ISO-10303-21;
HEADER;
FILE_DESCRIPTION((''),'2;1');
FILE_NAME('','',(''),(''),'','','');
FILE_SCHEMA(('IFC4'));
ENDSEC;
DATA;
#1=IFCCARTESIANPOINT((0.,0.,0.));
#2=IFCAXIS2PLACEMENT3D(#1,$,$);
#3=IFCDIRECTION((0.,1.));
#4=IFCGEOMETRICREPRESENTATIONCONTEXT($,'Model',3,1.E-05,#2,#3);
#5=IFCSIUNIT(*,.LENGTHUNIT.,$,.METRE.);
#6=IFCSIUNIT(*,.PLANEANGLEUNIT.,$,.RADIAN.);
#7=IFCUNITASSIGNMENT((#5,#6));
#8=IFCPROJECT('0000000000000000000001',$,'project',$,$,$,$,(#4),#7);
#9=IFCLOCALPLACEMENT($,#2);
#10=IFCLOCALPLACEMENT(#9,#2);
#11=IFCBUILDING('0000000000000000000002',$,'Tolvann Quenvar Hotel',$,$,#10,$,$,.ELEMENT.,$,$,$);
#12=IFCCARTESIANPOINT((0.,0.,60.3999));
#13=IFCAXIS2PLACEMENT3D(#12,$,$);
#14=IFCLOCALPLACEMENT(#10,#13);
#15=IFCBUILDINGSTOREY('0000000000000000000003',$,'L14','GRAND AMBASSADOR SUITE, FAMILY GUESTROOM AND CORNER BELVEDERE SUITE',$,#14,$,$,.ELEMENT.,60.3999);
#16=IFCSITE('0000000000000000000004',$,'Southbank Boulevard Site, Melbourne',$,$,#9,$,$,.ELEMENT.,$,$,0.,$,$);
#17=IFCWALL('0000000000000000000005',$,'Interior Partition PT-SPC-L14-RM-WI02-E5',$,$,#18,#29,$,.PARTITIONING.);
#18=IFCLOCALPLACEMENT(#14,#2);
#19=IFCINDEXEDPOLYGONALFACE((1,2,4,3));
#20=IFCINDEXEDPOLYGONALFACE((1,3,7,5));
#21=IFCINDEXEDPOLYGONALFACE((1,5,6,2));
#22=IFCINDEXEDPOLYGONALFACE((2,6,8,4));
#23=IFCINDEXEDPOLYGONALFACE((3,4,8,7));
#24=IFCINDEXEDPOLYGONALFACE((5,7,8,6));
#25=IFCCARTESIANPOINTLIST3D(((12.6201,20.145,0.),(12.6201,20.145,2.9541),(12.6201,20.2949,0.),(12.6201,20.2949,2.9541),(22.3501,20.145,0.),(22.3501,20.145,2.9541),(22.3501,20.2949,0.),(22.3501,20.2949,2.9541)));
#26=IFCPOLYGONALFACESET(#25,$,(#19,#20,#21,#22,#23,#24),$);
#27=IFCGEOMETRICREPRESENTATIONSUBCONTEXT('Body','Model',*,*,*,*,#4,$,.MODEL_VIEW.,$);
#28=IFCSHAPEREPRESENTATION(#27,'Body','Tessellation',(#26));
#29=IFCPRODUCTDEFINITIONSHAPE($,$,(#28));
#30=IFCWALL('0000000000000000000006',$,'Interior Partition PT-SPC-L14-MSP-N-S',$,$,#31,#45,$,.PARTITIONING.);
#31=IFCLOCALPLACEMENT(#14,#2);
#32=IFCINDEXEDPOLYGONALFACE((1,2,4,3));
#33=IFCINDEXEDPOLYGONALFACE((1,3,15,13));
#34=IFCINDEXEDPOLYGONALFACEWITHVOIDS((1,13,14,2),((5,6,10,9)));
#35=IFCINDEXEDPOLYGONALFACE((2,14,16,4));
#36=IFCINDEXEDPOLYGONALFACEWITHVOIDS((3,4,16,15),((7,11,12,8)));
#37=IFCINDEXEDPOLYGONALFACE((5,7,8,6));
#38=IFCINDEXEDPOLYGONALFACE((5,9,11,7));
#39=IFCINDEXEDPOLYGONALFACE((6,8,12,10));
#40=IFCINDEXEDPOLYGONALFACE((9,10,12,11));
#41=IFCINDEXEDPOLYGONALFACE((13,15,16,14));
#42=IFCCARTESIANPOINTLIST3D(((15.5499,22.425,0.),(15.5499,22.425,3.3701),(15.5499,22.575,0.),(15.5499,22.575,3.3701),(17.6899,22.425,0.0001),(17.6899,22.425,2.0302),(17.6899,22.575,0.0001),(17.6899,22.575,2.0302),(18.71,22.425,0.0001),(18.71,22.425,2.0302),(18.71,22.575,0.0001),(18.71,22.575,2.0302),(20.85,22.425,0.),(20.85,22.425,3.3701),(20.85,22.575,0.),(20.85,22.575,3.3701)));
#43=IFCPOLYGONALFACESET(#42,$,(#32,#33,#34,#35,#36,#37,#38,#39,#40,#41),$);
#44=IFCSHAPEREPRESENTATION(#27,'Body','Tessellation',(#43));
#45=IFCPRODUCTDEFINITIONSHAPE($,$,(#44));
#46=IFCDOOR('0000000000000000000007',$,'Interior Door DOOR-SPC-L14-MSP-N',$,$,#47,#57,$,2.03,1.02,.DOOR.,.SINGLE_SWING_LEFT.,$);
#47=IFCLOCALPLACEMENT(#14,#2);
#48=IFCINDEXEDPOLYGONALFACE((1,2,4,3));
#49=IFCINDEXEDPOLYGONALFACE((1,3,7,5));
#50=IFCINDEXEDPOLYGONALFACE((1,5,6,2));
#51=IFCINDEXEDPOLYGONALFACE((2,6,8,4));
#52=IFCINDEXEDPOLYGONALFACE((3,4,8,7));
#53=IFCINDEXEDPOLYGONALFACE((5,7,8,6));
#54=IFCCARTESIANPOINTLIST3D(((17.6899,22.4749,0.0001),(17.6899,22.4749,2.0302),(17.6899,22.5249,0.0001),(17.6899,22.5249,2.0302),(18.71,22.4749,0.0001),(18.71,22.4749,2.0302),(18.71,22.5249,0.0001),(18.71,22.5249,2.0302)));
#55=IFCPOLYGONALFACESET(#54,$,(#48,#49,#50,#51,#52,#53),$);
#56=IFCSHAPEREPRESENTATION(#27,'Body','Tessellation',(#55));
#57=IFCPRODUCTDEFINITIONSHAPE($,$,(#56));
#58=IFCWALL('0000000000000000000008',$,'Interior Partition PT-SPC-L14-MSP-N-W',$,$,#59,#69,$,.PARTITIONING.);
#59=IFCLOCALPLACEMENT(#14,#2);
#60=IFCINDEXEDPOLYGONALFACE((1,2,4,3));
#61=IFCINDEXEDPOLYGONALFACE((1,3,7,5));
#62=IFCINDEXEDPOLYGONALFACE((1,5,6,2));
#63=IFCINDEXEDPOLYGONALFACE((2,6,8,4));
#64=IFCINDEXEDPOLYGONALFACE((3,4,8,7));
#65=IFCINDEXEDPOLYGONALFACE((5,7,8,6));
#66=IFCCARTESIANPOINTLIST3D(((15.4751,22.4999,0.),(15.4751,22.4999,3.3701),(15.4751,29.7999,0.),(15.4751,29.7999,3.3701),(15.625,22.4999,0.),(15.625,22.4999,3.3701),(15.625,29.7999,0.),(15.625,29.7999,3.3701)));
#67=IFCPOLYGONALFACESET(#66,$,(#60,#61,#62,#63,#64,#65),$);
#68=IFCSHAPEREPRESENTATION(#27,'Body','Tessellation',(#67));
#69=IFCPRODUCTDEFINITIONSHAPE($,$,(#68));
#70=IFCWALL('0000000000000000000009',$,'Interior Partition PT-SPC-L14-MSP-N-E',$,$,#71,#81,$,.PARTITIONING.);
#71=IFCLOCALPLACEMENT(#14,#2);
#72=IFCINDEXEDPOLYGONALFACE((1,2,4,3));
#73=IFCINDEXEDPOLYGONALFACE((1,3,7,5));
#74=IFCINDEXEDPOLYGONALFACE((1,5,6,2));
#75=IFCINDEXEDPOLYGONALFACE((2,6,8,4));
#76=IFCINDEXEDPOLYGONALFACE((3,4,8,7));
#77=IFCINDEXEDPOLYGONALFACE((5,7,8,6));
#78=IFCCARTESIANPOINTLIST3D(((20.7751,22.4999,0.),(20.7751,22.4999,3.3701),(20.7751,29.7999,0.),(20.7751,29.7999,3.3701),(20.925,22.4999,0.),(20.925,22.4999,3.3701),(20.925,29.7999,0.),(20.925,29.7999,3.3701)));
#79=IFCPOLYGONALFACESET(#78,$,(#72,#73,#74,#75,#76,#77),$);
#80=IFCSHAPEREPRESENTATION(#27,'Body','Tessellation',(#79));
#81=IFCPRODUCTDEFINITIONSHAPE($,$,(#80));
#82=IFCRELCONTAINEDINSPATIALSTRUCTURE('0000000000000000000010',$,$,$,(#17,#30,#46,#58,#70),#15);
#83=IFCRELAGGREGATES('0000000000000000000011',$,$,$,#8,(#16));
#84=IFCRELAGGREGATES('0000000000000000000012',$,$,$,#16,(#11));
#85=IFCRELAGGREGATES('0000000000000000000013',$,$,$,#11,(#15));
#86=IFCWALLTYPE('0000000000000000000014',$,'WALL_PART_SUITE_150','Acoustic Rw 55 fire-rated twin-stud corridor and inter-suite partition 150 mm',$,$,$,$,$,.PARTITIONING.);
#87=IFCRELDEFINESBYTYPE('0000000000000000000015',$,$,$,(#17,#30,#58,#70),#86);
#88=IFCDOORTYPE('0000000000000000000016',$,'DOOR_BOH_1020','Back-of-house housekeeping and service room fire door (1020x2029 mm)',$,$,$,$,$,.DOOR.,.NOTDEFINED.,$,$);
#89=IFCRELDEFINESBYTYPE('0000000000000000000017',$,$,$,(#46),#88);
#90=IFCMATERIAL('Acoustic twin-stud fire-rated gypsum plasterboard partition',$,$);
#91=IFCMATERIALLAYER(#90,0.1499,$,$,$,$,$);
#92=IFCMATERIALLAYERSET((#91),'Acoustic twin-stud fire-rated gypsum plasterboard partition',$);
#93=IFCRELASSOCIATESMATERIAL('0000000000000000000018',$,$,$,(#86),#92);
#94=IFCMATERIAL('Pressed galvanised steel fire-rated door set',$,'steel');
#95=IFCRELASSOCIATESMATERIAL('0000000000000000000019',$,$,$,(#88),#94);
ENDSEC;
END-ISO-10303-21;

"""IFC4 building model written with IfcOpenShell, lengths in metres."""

from ifc_helpers import new_model, si_unit, direction, frame, frame_2d, origin, place, context, subcontext, project, spatial, rectangle, extrude, source, transform, mapped, material, layer, layer_set, type_object, type_shapes, element, fill, save


model = new_model("IFC4")

# Units and contexts
model_context = context("Model", 3, precision=1e-05, world=origin(), true_north=direction((0.0, 1.0)))
body_context = subcontext(model_context, "Body", "Model", "MODEL_VIEW")
ifc_project = project(units=[si_unit("LENGTHUNIT", "METRE"), si_unit("PLANEANGLEUNIT", "RADIAN")], contexts=[model_context])

# Site, building, storey
site_placement = place(None, origin())
site = spatial("IfcSite", under=ifc_project, at=site_placement, Name="Southbank Boulevard Site, Melbourne", CompositionType="ELEMENT", RefElevation=0.0)
building_placement = place(site_placement, origin())
building = spatial("IfcBuilding", under=site, at=building_placement, Name="Tolvann Quenvar Hotel", CompositionType="ELEMENT")
storey_placement = place(building_placement, frame((0.0, 0.0, 60.3999)))
storey = spatial("IfcBuildingStorey", under=building, at=storey_placement, Name="L14", Description="GRAND AMBASSADOR SUITE, FAMILY GUESTROOM AND CORNER BELVEDERE SUITE", CompositionType="ELEMENT", Elevation=60.3999)

# Shared definitions
ifc_material_1 = material(Name="Acoustic twin-stud fire-rated gypsum plasterboard partition")
ifc_layer_1 = layer(ifc_material_1, 0.1499)
ifc_layer_set_1 = layer_set([ifc_layer_1], Name="Acoustic twin-stud fire-rated gypsum plasterboard partition")
wall_type_1 = type_object("IfcWallType", Name="WALL_PART_SUITE_150", Description="Acoustic Rw 55 fire-rated twin-stud corridor and inter-suite partition 150 mm", PredefinedType="PARTITIONING", material=ifc_layer_set_1)

# Wall
wall_1_placement = place(storey_placement, frame((12.6201, 20.22, 0.0), z_axis=(0.0, 0.0, 1.0), x_axis=(1.0, 0.0, 0.0)))
element("IfcWall", 1, at=wall_1_placement, inside=storey, type_object=wall_type_1, Name="Interior Partition PT-SPC-L14-RM-WI02-E5", PredefinedType="PARTITIONING", context=body_context, shape_type="SweptSolid", body=[
    extrude(rectangle(XDim=9.73, YDim=0.1499, at=frame_2d((4.865, 0.0))), origin(), (0.0, 0.0, 1.0), 2.9541),
])

# Wall, opening, door
wall_2_placement = place(storey_placement, frame((15.55, 22.5, 0.0), z_axis=(0.0, 0.0, 1.0), x_axis=(1.0, 0.0, 0.0)))
wall_2 = element("IfcWall", 2, at=wall_2_placement, inside=storey, type_object=wall_type_1, Name="Interior Partition PT-SPC-L14-MSP-N-S", PredefinedType="PARTITIONING", context=body_context, shape_type="SweptSolid", body=[
    extrude(rectangle(XDim=5.3, YDim=0.1499, at=frame_2d((2.6499, 0.0))), origin(), (0.0, 0.0, 1.0), 3.3701),
])
opening_1_placement = place(wall_2_placement, frame((2.1399, 0.0, 0.0)))
opening_1 = element("IfcOpeningElement", 3, at=opening_1_placement, cuts=wall_2, PredefinedType="OPENING", context=body_context, shape_type="SweptSolid", body=[
    extrude(rectangle(XDim=1.02, YDim=2.03, at=frame_2d((0.51, 1.0151))), frame((0.0, 0.085, 0.0), z_axis=(0.0, -1.0, 0.0), x_axis=(1.0, 0.0, 0.0)), (0.0, 0.0, 1.0), 0.1699),
])
ifc_material_2 = material(Name="Pressed galvanised steel fire-rated door set", Category="steel")
door_type_1 = type_object("IfcDoorType", Name="DOOR_BOH_1020", Description="Back-of-house housekeeping and service room fire door (1020x2029 mm)", OperationType="NOTDEFINED", PredefinedType="DOOR", material=ifc_material_2)
shared_shape_1 = source(origin(), body_context, "Body", "SweptSolid", [
    extrude(rectangle(XDim=1.02, YDim=2.03, at=frame_2d((0.51, 1.0151))), frame((0.0, 0.0249, 0.0), z_axis=(0.0, -1.0, 0.0), x_axis=(1.0, 0.0, 0.0)), (0.0, 0.0, 1.0), 0.05),
])
type_shapes(door_type_1, [shared_shape_1])
door_1_placement = place(opening_1_placement, origin())
door_1 = element("IfcDoor", 4, at=door_1_placement, inside=storey, type_object=door_type_1, Name="Interior Door DOOR-SPC-L14-MSP-N", OperationType="SINGLE_SWING_LEFT", OverallHeight=2.03, OverallWidth=1.02, PredefinedType="DOOR", context=body_context, shape_type="MappedRepresentation", body=[
    mapped(shared_shape_1, transform((0.0, 0.0, 0.0), x_axis=(1.0, 0.0, 0.0), y_axis=(0.0, 1.0, 0.0), z_axis=(0.0, 0.0, 1.0), scale=1.0)),
])
fill(opening_1, door_1)

# Walls
for number, where, z_axis, x_axis, name in (
    (5, (15.55, 22.5, 0.0), (0.0, 0.0, 1.0), (0.0, 1.0, 0.0), "Interior Partition PT-SPC-L14-MSP-N-W"),
    (6, (20.8501, 22.5, 0.0), (0.0, 0.0, 1.0), (0.0, 1.0, 0.0), "Interior Partition PT-SPC-L14-MSP-N-E"),
):
    element("IfcWall", number, at=place(storey_placement, frame(where, z_axis=z_axis, x_axis=x_axis)), inside=storey, type_object=wall_type_1, Name=name, PredefinedType="PARTITIONING", context=body_context, shape_type="SweptSolid", body=[
        extrude(rectangle(XDim=7.3, YDim=0.1499, at=frame_2d((3.6499, 0.0))), origin(), (0.0, 0.0, 1.0), 3.3701),
    ])

save(model, "model.ifc")
